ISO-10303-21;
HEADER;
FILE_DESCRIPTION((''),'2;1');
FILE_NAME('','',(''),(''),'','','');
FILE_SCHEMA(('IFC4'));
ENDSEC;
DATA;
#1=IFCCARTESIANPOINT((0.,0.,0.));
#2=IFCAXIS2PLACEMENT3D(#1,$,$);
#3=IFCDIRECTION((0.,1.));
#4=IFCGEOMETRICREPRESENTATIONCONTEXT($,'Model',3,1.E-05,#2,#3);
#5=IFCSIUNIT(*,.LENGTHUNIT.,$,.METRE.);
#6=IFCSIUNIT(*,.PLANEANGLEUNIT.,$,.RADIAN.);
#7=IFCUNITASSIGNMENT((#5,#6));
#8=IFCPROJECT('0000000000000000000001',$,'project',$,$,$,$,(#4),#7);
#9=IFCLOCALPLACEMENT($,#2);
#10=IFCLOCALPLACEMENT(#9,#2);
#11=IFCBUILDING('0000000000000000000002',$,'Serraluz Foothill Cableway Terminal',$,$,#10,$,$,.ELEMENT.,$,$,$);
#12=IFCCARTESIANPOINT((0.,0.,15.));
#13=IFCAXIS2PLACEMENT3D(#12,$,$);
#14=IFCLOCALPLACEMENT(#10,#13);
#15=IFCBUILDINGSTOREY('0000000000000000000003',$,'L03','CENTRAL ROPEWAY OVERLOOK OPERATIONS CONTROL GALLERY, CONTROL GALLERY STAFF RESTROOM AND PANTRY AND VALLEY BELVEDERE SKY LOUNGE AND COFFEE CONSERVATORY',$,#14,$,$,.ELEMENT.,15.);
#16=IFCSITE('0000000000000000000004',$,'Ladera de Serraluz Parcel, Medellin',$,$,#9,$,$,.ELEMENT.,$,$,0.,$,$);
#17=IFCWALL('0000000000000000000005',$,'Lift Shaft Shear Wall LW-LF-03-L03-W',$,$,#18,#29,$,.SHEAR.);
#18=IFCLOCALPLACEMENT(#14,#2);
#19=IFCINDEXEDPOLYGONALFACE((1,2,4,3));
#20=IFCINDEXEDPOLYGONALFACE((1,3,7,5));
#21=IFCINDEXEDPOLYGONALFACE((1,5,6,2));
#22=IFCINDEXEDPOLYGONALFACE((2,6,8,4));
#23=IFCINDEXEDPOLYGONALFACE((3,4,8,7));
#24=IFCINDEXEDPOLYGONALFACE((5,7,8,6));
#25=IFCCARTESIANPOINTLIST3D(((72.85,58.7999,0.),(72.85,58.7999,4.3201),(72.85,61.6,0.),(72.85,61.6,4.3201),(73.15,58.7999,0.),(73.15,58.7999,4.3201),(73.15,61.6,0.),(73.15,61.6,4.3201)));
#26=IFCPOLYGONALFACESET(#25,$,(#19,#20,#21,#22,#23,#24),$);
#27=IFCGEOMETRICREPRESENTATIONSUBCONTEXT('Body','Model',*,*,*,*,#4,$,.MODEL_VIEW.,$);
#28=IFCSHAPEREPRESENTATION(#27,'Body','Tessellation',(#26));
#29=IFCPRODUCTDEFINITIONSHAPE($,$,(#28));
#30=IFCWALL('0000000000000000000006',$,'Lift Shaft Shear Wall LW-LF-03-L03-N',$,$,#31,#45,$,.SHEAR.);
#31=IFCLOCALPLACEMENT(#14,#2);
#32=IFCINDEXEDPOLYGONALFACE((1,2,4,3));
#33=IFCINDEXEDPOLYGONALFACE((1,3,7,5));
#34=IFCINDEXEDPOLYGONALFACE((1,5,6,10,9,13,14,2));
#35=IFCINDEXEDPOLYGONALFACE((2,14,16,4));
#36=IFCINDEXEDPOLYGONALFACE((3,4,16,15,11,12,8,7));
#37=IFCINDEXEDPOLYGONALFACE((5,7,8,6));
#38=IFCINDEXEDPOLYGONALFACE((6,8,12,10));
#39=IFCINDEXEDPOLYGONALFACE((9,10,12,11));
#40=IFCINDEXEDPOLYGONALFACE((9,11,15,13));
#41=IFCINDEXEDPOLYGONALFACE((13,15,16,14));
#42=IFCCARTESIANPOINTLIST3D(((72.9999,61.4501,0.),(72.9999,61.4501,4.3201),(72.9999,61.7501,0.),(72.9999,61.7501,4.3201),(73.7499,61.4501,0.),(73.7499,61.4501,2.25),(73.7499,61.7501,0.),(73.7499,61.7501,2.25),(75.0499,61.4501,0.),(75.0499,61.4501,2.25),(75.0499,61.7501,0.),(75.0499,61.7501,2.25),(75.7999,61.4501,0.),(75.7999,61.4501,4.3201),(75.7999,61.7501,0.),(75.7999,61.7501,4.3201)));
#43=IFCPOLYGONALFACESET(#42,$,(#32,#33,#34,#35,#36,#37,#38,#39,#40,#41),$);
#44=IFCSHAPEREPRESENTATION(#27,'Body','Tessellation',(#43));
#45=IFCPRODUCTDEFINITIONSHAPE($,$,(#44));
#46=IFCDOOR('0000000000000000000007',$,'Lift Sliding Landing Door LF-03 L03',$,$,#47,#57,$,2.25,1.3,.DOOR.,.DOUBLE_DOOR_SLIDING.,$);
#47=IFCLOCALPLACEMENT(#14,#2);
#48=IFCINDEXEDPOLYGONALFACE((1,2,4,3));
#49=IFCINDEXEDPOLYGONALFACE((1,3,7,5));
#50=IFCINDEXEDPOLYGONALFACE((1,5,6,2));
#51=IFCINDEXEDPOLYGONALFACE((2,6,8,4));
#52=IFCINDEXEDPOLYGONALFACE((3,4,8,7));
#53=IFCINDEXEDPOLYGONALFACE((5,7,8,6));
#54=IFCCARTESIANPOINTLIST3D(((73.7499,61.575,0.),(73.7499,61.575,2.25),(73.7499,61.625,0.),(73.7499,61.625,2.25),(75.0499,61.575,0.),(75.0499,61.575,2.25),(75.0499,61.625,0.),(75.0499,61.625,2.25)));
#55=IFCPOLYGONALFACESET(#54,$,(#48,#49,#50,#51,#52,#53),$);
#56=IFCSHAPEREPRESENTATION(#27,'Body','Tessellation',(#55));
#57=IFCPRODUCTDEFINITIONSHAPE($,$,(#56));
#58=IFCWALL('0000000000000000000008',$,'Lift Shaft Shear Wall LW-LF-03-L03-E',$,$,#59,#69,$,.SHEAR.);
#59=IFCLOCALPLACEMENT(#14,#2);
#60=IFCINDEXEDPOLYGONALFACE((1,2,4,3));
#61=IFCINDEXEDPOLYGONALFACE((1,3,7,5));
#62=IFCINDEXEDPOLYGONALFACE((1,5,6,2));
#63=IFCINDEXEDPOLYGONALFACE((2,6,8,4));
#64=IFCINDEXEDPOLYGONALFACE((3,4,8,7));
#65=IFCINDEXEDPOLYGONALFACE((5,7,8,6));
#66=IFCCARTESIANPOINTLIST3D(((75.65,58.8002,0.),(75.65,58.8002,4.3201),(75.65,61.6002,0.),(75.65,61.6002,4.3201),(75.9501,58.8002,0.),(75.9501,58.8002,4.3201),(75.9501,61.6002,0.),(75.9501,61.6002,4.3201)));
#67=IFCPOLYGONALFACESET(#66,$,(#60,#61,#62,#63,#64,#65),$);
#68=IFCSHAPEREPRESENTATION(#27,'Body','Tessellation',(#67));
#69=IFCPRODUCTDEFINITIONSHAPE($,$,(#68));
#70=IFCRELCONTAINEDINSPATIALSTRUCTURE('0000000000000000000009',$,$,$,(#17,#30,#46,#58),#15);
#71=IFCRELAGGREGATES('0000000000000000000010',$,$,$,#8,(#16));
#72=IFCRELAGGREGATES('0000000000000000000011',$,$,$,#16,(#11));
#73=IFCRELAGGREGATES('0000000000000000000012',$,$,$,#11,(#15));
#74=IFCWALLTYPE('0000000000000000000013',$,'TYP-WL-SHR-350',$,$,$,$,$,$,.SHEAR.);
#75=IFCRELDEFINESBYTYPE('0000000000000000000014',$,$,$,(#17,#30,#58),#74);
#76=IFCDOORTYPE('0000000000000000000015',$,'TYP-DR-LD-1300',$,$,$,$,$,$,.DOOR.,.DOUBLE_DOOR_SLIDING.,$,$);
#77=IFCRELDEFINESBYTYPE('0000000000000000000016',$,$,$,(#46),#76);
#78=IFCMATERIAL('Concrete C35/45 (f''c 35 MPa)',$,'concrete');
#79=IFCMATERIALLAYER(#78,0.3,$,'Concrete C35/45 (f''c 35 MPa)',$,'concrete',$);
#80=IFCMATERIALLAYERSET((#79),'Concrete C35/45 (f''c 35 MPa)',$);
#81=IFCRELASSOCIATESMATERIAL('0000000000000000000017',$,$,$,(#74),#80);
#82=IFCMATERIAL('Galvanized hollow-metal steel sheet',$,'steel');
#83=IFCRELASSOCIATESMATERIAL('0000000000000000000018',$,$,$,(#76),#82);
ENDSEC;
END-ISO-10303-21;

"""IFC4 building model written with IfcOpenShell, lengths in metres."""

from ifc_helpers import new_model, si_unit, direction, frame, frame_2d, origin, place, context, subcontext, project, spatial, rectangle, extrude, material, layer, layer_set, type_object, element, fill, save


model = new_model("IFC4")

# Units and contexts
model_context = context("Model", 3, precision=1e-05, world=origin(), true_north=direction((0.0, 1.0)))
body_context = subcontext(model_context, "Body", "Model", "MODEL_VIEW")
ifc_project = project(units=[si_unit("LENGTHUNIT", "METRE"), si_unit("PLANEANGLEUNIT", "RADIAN")], contexts=[model_context])

# Site, building, storey
site_placement = place(None, origin())
site = spatial("IfcSite", under=ifc_project, at=site_placement, Name="Ladera de Serraluz Parcel, Medellin", CompositionType="ELEMENT", RefElevation=0.0)
building_placement = place(site_placement, origin())
building = spatial("IfcBuilding", under=site, at=building_placement, Name="Serraluz Foothill Cableway Terminal", CompositionType="ELEMENT")
storey_placement = place(building_placement, frame((0.0, 0.0, 15.0)))
storey = spatial("IfcBuildingStorey", under=building, at=storey_placement, Name="L03", Description="CENTRAL ROPEWAY OVERLOOK OPERATIONS CONTROL GALLERY, CONTROL GALLERY STAFF RESTROOM AND PANTRY AND VALLEY BELVEDERE SKY LOUNGE AND COFFEE CONSERVATORY", CompositionType="ELEMENT", Elevation=15.0)

# Wall
ifc_material_1 = material(Name="Concrete C35/45 (f'c 35 MPa)", Category="concrete")
ifc_layer_1 = layer(ifc_material_1, 0.3, Name="Concrete C35/45 (f'c 35 MPa)", Category="concrete")
ifc_layer_set_1 = layer_set([ifc_layer_1], Name="Concrete C35/45 (f'c 35 MPa)")
wall_type = type_object("IfcWallType", Name="TYP-WL-SHR-350", PredefinedType="SHEAR", material=ifc_layer_set_1)
for number, where, z_axis, x_axis, name in (
    (1, (73.0, 58.8, 0.0), (0.0, 0.0, 1.0), (0.0, 1.0, 0.0), "Lift Shaft Shear Wall LW-LF-03-L03-W"),
):
    element("IfcWall", number, at=place(storey_placement, frame(where, z_axis=z_axis, x_axis=x_axis)), inside=storey, type_object=wall_type, Name=name, PredefinedType="SHEAR", context=body_context, shape_type="SweptSolid", body=[
        extrude(rectangle(XDim=2.8, YDim=0.3, at=frame_2d((1.3999, 0.0))), origin(), (0.0, 0.0, 1.0), 4.3201),
    ])

# Wall, opening, door
wall_1_placement = place(storey_placement, frame((73.0, 61.6001, 0.0), z_axis=(0.0, 0.0, 1.0), x_axis=(1.0, 0.0, 0.0)))
wall_1 = element("IfcWall", 2, at=wall_1_placement, inside=storey, type_object=wall_type, Name="Lift Shaft Shear Wall LW-LF-03-L03-N", PredefinedType="SHEAR", context=body_context, shape_type="SweptSolid", body=[
    extrude(rectangle(XDim=2.8, YDim=0.3, at=frame_2d((1.3999, 0.0))), origin(), (0.0, 0.0, 1.0), 4.3201),
])
opening_placement = place(wall_1_placement, frame((0.75, 0.0, 0.0)))
opening = element("IfcOpeningElement", 3, at=opening_placement, cuts=wall_1, PredefinedType="OPENING", context=body_context, shape_type="SweptSolid", body=[
    extrude(rectangle(XDim=1.3, YDim=2.25, at=frame_2d((0.6499, 1.125))), frame((0.0, 0.1602, 0.0), z_axis=(0.0, -1.0, 0.0), x_axis=(1.0, 0.0, 0.0)), (0.0, 0.0, 1.0), 0.3201),
])
ifc_material_2 = material(Name="Galvanized hollow-metal steel sheet", Category="steel")
door_type = type_object("IfcDoorType", Name="TYP-DR-LD-1300", OperationType="DOUBLE_DOOR_SLIDING", PredefinedType="DOOR", material=ifc_material_2)
door_placement = place(opening_placement, origin())
door = element("IfcDoor", 4, at=door_placement, inside=storey, type_object=door_type, Name="Lift Sliding Landing Door LF-03 L03", OperationType="DOUBLE_DOOR_SLIDING", OverallHeight=2.25, OverallWidth=1.3, PredefinedType="DOOR", context=body_context, shape_type="SweptSolid", body=[
    extrude(rectangle(XDim=1.3, YDim=2.25, at=frame_2d((0.6499, 1.125))), frame((0.0, 0.0249, 0.0), z_axis=(0.0, -1.0, 0.0), x_axis=(1.0, 0.0, 0.0)), (0.0, 0.0, 1.0), 0.05),
])
fill(opening, door)

# Wall
wall_2_placement = place(storey_placement, frame((75.8, 61.6001, 0.0), z_axis=(0.0, 0.0, 1.0), x_axis=(0.0, -1.0, 0.0)))
element("IfcWall", 5, at=wall_2_placement, inside=storey, type_object=wall_type, Name="Lift Shaft Shear Wall LW-LF-03-L03-E", PredefinedType="SHEAR", context=body_context, shape_type="SweptSolid", body=[
    extrude(rectangle(XDim=2.8, YDim=0.3, at=frame_2d((1.3999, 0.0))), origin(), (0.0, 0.0, 1.0), 4.3201),
])

save(model, "model.ifc")
